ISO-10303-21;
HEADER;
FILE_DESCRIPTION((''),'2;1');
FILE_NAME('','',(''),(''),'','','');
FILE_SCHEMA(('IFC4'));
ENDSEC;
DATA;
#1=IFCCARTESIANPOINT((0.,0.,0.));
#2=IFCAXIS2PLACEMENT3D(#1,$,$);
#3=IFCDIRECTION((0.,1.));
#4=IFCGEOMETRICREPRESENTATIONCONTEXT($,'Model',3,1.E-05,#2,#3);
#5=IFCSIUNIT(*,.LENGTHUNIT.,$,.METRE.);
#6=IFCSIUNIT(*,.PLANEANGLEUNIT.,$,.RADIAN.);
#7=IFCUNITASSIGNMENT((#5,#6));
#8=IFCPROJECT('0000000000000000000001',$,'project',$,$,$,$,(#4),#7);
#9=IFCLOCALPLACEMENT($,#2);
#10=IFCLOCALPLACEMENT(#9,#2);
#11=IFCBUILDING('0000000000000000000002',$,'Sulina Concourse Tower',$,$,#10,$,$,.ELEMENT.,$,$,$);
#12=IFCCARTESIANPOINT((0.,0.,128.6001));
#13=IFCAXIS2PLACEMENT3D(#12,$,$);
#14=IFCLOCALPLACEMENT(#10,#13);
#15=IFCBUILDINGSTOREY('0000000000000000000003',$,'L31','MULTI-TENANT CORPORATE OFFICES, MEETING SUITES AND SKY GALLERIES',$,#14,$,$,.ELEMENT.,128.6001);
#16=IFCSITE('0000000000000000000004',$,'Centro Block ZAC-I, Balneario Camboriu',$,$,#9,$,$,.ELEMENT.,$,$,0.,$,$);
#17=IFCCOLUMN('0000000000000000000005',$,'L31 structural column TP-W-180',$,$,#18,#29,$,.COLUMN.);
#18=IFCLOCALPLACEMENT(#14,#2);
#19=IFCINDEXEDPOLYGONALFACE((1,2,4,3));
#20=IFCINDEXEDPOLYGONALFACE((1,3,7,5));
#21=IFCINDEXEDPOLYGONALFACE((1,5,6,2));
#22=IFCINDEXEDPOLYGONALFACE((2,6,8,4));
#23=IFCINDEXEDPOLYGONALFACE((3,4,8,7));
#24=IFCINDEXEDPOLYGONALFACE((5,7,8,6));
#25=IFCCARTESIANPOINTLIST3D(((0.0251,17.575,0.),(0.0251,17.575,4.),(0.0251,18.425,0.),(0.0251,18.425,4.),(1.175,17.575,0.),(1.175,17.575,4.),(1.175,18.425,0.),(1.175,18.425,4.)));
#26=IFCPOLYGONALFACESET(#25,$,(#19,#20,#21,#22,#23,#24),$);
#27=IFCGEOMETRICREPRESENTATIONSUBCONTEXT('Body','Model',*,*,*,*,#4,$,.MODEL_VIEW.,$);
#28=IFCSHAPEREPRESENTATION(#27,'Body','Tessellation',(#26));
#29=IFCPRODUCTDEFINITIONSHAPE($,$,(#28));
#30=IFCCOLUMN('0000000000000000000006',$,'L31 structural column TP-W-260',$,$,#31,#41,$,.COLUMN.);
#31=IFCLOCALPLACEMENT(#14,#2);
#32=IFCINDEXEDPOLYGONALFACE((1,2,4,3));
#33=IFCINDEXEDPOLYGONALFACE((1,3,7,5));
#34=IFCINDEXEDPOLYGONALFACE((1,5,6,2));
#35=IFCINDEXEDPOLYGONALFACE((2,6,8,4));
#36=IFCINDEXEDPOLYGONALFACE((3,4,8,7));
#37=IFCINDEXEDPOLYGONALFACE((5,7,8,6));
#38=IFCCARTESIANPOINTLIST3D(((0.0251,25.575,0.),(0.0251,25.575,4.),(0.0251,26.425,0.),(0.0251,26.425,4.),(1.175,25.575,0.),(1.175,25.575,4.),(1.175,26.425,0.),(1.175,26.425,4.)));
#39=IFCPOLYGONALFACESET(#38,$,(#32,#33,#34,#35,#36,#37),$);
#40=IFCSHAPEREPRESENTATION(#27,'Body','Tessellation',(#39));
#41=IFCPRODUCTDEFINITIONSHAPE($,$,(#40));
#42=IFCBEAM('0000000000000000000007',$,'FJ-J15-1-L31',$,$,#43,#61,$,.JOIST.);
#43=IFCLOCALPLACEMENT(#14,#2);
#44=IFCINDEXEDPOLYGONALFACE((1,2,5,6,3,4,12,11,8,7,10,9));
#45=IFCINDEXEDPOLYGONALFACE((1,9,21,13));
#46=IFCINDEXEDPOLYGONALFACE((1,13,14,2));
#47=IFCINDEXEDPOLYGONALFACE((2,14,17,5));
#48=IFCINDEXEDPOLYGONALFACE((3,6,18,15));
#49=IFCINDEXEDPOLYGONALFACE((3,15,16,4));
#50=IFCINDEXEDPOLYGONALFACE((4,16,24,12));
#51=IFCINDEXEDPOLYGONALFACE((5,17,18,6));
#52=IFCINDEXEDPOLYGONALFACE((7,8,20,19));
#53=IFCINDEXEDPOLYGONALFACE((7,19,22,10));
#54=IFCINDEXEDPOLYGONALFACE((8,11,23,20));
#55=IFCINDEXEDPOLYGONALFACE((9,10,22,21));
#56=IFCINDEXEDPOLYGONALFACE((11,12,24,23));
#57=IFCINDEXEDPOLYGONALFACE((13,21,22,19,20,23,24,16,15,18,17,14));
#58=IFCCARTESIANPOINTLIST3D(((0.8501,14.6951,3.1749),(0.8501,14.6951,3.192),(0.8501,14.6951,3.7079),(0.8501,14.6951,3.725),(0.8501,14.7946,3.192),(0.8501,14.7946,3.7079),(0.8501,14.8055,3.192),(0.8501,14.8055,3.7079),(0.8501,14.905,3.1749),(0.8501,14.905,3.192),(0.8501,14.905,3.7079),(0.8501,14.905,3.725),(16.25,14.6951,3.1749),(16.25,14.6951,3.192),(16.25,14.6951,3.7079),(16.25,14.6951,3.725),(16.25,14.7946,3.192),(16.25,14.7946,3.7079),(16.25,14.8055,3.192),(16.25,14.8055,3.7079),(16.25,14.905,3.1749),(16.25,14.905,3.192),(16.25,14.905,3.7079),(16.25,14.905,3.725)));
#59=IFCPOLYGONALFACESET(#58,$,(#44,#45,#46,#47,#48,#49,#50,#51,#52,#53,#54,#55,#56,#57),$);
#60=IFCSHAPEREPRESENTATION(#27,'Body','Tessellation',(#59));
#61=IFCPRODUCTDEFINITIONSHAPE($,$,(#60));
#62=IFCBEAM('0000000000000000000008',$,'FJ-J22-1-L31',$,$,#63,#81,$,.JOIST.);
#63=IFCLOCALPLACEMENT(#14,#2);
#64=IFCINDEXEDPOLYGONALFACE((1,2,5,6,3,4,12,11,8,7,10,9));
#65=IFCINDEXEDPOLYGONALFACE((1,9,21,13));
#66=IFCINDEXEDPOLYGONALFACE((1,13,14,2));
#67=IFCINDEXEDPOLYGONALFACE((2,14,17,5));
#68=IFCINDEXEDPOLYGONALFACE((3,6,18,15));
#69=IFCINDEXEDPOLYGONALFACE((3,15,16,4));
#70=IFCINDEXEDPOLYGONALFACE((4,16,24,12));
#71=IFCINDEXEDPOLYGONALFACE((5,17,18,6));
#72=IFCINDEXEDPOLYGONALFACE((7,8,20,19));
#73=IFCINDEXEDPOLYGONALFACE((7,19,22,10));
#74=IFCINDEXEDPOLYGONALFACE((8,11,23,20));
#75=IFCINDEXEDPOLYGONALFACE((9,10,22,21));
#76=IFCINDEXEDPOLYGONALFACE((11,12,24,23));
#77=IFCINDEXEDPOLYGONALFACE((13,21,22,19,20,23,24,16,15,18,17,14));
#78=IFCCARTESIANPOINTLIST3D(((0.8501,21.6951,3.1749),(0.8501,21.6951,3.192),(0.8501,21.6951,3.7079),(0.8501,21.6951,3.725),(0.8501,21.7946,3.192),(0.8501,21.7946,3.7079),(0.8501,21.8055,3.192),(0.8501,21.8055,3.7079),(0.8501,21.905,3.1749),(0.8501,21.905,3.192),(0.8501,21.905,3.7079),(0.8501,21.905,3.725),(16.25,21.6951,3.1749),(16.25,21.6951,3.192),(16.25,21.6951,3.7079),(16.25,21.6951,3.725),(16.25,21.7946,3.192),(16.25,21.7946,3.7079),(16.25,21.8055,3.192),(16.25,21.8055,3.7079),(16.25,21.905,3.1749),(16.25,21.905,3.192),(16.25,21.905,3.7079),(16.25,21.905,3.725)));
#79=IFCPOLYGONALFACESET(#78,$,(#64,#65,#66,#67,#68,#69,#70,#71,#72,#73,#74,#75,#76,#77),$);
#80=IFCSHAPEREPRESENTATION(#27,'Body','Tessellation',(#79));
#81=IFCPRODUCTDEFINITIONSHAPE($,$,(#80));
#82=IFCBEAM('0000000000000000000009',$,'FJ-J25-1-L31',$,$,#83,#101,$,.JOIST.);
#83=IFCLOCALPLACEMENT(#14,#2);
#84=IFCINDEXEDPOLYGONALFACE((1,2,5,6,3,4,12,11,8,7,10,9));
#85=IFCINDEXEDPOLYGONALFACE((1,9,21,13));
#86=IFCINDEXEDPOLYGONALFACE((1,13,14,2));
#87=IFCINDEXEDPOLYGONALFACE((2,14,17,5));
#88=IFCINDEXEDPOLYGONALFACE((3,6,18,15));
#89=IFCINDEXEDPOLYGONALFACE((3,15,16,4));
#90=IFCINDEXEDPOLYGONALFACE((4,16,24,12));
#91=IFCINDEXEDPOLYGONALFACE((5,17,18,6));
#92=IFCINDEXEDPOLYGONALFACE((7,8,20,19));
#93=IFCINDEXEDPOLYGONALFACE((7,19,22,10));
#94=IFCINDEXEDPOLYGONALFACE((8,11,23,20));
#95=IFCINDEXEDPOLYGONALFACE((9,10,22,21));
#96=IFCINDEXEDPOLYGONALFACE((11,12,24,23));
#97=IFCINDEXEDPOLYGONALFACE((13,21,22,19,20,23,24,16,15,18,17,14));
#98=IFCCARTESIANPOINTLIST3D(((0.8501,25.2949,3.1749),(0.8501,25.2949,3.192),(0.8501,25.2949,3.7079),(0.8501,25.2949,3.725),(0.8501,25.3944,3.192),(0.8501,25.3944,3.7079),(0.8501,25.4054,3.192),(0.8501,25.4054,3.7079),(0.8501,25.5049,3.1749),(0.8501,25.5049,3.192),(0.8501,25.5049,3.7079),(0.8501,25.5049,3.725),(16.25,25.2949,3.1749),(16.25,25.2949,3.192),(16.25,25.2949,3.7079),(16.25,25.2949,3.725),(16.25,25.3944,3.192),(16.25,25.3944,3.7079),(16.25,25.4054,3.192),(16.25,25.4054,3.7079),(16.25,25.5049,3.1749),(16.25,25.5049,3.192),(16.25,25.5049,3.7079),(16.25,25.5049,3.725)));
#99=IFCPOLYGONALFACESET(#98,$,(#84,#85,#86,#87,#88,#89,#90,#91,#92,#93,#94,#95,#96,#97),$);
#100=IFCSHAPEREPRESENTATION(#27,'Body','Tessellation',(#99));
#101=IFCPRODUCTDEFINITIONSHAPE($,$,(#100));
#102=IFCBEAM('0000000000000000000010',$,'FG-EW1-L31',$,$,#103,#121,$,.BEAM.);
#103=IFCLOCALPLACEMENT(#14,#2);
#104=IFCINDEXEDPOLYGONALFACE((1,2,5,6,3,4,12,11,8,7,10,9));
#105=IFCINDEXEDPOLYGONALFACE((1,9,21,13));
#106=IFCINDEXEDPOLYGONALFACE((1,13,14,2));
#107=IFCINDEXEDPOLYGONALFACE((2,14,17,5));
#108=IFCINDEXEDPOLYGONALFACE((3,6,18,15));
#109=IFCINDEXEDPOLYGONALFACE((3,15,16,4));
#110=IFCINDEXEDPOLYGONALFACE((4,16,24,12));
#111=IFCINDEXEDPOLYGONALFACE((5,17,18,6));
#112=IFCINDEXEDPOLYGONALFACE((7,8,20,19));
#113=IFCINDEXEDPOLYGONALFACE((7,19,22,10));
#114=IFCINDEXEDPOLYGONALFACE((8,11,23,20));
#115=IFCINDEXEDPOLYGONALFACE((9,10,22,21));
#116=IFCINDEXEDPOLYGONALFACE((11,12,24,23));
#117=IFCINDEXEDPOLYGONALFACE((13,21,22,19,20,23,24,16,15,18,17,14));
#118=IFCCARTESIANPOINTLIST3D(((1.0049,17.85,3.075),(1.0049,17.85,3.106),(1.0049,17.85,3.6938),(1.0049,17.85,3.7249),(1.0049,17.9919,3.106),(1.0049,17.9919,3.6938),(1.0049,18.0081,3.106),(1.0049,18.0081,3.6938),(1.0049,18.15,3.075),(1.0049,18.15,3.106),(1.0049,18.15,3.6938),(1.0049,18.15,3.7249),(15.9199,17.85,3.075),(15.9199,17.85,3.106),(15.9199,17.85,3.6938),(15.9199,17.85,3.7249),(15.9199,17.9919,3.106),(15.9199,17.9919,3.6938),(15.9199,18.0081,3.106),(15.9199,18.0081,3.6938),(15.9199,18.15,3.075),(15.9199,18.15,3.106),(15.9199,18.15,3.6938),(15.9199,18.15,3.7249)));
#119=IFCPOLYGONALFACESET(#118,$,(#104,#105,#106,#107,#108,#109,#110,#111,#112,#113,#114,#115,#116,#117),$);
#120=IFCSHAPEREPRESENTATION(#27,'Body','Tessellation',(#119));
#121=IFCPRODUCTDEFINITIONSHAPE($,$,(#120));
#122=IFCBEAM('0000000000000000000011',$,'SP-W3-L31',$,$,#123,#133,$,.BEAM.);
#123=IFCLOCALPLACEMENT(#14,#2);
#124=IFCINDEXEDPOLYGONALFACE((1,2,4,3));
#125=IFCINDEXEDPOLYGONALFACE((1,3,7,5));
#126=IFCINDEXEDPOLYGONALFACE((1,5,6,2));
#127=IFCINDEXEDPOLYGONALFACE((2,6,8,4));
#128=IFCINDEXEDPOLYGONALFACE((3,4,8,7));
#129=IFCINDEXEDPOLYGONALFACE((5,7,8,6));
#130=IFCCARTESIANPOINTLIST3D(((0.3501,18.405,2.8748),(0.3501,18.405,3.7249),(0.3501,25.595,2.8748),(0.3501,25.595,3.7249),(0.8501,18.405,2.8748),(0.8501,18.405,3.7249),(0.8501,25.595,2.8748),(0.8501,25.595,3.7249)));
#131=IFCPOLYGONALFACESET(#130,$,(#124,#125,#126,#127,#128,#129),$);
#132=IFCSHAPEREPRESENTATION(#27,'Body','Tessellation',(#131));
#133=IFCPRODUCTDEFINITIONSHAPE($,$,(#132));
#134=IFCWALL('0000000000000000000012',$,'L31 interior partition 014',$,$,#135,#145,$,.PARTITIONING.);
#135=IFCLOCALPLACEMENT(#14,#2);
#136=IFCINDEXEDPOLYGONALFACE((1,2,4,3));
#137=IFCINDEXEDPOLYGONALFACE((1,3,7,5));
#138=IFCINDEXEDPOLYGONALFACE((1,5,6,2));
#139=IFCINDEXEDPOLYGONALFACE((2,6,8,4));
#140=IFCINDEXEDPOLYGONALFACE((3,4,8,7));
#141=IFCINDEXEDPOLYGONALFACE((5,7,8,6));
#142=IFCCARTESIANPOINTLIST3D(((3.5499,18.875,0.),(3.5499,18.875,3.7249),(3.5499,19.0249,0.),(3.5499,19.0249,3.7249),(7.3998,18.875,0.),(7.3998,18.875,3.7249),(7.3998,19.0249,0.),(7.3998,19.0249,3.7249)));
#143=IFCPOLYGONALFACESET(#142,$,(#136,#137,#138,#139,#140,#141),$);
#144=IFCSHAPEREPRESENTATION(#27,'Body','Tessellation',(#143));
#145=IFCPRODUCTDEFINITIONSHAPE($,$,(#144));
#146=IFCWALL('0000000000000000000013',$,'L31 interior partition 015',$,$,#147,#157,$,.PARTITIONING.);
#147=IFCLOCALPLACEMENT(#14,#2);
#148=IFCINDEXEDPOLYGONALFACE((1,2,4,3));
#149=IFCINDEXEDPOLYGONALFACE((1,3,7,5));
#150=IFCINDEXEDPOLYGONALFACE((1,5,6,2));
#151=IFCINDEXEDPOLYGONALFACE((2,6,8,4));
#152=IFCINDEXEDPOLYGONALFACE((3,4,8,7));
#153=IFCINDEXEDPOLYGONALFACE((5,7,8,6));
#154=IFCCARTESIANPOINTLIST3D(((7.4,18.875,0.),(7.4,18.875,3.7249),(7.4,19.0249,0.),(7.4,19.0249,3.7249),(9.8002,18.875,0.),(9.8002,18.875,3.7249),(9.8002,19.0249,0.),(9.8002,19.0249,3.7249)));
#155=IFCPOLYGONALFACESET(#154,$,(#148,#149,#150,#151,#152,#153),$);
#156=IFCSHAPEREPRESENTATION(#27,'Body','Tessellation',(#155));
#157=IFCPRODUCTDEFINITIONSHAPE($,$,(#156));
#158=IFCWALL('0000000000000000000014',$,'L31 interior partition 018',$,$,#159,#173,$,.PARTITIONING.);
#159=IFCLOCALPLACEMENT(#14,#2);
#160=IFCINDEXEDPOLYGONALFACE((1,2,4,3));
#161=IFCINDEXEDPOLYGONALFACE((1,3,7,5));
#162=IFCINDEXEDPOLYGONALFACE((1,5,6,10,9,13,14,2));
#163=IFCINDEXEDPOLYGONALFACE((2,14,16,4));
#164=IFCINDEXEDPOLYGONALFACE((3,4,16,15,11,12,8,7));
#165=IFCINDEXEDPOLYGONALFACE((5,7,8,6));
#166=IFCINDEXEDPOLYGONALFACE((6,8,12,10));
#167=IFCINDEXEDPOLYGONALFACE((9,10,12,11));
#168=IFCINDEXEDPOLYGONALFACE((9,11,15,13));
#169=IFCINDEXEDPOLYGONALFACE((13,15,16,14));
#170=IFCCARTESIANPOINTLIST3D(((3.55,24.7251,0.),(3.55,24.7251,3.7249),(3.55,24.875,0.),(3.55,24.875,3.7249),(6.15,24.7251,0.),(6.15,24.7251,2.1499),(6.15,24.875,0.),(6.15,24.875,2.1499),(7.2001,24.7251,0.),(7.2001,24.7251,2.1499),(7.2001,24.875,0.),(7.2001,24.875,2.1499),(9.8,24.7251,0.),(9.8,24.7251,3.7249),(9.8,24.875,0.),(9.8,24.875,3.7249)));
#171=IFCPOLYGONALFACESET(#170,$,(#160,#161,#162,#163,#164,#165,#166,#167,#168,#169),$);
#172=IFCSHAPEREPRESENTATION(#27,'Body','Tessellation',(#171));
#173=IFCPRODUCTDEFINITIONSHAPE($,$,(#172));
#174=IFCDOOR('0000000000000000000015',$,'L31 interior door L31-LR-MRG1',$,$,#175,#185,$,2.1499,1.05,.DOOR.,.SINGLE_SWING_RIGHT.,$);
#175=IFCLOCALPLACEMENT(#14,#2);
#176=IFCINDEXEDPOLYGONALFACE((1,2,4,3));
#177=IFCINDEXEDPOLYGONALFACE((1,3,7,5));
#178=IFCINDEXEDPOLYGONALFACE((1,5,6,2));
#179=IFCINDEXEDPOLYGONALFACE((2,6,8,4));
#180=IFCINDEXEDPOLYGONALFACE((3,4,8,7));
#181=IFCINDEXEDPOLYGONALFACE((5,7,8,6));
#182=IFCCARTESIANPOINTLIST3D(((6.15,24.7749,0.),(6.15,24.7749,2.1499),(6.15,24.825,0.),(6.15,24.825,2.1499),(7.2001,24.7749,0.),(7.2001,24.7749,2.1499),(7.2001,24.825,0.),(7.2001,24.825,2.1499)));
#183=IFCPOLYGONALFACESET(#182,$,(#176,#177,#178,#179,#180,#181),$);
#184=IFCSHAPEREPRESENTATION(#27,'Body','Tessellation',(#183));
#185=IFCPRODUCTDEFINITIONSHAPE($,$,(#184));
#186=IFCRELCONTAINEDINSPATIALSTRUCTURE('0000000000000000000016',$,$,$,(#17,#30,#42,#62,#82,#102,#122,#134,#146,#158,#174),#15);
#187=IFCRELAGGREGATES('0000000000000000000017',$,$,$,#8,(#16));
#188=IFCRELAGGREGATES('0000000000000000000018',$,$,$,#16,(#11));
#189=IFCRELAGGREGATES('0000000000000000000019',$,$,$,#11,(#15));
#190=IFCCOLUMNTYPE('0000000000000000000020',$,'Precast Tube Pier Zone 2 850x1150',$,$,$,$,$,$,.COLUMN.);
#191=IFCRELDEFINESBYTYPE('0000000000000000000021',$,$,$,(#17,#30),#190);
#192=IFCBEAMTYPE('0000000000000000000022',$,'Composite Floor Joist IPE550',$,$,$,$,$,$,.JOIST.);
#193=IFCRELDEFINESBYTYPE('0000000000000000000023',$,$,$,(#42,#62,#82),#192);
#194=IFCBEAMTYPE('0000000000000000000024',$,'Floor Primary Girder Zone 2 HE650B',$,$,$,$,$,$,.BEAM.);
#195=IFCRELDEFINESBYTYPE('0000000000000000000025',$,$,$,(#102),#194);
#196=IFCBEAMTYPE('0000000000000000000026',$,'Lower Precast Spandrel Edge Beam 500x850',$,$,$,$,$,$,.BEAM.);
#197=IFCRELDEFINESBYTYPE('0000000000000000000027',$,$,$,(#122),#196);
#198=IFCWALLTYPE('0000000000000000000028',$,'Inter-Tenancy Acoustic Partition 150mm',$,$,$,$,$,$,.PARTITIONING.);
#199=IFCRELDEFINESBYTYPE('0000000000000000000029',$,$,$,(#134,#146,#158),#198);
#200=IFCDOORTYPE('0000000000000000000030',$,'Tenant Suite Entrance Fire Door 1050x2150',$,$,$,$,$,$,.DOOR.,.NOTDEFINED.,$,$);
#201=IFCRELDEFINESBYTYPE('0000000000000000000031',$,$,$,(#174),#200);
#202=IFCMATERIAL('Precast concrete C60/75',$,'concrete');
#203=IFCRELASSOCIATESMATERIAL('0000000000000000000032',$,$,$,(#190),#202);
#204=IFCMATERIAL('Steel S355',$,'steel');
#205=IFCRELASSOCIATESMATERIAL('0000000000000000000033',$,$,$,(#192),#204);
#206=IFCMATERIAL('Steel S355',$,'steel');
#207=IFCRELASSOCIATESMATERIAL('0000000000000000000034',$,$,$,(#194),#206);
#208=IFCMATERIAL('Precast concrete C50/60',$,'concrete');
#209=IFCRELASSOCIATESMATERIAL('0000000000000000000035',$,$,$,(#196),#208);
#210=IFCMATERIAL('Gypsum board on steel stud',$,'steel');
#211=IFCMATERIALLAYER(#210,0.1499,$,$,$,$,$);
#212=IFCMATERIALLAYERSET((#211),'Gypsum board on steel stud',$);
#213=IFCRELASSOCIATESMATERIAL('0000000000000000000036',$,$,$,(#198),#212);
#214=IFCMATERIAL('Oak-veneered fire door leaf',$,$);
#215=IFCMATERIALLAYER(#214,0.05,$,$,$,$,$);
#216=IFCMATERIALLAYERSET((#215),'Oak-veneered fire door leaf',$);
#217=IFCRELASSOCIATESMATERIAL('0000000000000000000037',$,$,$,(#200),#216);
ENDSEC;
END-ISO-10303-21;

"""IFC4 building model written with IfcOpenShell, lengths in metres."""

from ifc_helpers import new_model, si_unit, direction, frame, frame_2d, origin, origin_2d, place, context, subcontext, project, spatial, rectangle, i_section, extrude, material, layer, layer_set, material_profile, profile_set, type_object, element, fill, save


model = new_model("IFC4")

# Units and contexts
model_context = context("Model", 3, precision=1e-05, world=origin(), true_north=direction((0.0, 1.0)))
body_context = subcontext(model_context, "Body", "Model", "MODEL_VIEW")
ifc_project = project(units=[si_unit("LENGTHUNIT", "METRE"), si_unit("PLANEANGLEUNIT", "RADIAN")], contexts=[model_context])

# Site, building, storey
site_placement = place(None, origin())
site = spatial("IfcSite", under=ifc_project, at=site_placement, Name="Centro Block ZAC-I, Balneario Camboriu", CompositionType="ELEMENT", RefElevation=0.0)
building_placement = place(site_placement, origin())
building = spatial("IfcBuilding", under=site, at=building_placement, Name="Sulina Concourse Tower", CompositionType="ELEMENT")
storey_placement = place(building_placement, frame((0.0, 0.0, 128.6001)))
storey = spatial("IfcBuildingStorey", under=building, at=storey_placement, Name="L31", Description="MULTI-TENANT CORPORATE OFFICES, MEETING SUITES AND SKY GALLERIES", CompositionType="ELEMENT", Elevation=128.6001)

# Columns
ifc_material_1 = material(Name="Precast concrete C60/75", Category="concrete")
ifc_material_profile_1 = material_profile(ifc_material_1, rectangle(XDim=0.8501, YDim=1.1499, at=origin_2d()), Name="PC 850x1150")
ifc_profile_set_1 = profile_set([ifc_material_profile_1], Name="Precast concrete C60/75")
column_type = type_object("IfcColumnType", Name="Precast Tube Pier Zone 2 850x1150", PredefinedType="COLUMN", material=ifc_profile_set_1)
for number, where, z_axis, x_axis, name in (
    (1, (0.6001, 18.0, 0.0), (0.0, 0.0, 1.0), (0.0, 1.0, 0.0), "L31 structural column TP-W-180"),
    (2, (0.6001, 26.0, 0.0), (0.0, 0.0, 1.0), (0.0, 1.0, 0.0), "L31 structural column TP-W-260"),
):
    element("IfcColumn", number, at=place(storey_placement, frame(where, z_axis=z_axis, x_axis=x_axis)), inside=storey, type_object=column_type, Name=name, PredefinedType="COLUMN", context=body_context, shape_type="SweptSolid", body=[
        extrude(rectangle(XDim=0.8501, YDim=1.1499, at=origin_2d()), origin(), (0.0, 0.0, 1.0), 4.0),
    ])

# Beams
ifc_material_2 = material(Name="Steel S355", Category="steel")
ifc_material_profile_2 = material_profile(ifc_material_2, i_section(OverallWidth=0.21, OverallDepth=0.55, WebThickness=0.011, FlangeThickness=0.0171, at=origin_2d()), Name="IPE 550")
ifc_profile_set_2 = profile_set([ifc_material_profile_2], Name="Steel S355")
beam_type_1 = type_object("IfcBeamType", Name="Composite Floor Joist IPE550", PredefinedType="JOIST", material=ifc_profile_set_2)
for number, where, z_axis, x_axis, name in (
    (3, (0.8501, 14.8, 3.45), (1.0, 0.0, 0.0), (0.0, 1.0, 0.0), "FJ-J15-1-L31"),
    (4, (0.8501, 21.8, 3.45), (1.0, 0.0, 0.0), (0.0, 1.0, 0.0), "FJ-J22-1-L31"),
    (5, (0.8501, 25.3999, 3.45), (1.0, 0.0, 0.0), (0.0, 1.0, 0.0), "FJ-J25-1-L31"),
):
    element("IfcBeam", number, at=place(storey_placement, frame(where, z_axis=z_axis, x_axis=x_axis)), inside=storey, type_object=beam_type_1, Name=name, PredefinedType="JOIST", context=body_context, shape_type="SweptSolid", body=[
        extrude(i_section(OverallWidth=0.21, OverallDepth=0.55, WebThickness=0.011, FlangeThickness=0.0171, at=origin_2d()), origin(), (0.0, 0.0, 1.0), 15.3999),
    ])
ifc_material_3 = material(Name="Steel S355", Category="steel")
ifc_material_profile_3 = material_profile(ifc_material_3, i_section(OverallWidth=0.3, OverallDepth=0.6499, WebThickness=0.0161, FlangeThickness=0.031, at=origin_2d()), Name="HE 650 B")
ifc_profile_set_3 = profile_set([ifc_material_profile_3], Name="Steel S355")
beam_type_2 = type_object("IfcBeamType", Name="Floor Primary Girder Zone 2 HE650B", PredefinedType="BEAM", material=ifc_profile_set_3)
beam_1_placement = place(storey_placement, frame((1.0049, 18.0, 3.3999), z_axis=(1.0, 0.0, 0.0), x_axis=(0.0, 1.0, 0.0)))
element("IfcBeam", 6, at=beam_1_placement, inside=storey, type_object=beam_type_2, Name="FG-EW1-L31", PredefinedType="BEAM", context=body_context, shape_type="SweptSolid", body=[
    extrude(i_section(OverallWidth=0.3, OverallDepth=0.6499, WebThickness=0.0161, FlangeThickness=0.031, at=origin_2d()), origin(), (0.0, 0.0, 1.0), 14.915),
])
ifc_material_4 = material(Name="Precast concrete C50/60", Category="concrete")
ifc_material_profile_4 = material_profile(ifc_material_4, rectangle(XDim=0.5, YDim=0.8501, at=origin_2d()), Name="RC 500x850")
ifc_profile_set_4 = profile_set([ifc_material_profile_4], Name="Precast concrete C50/60")
beam_type_3 = type_object("IfcBeamType", Name="Lower Precast Spandrel Edge Beam 500x850", PredefinedType="BEAM", material=ifc_profile_set_4)
beam_2_placement = place(storey_placement, frame((0.6001, 18.405, 3.2998), z_axis=(0.0, 1.0, 0.0), x_axis=(-1.0, 0.0, 0.0)))
element("IfcBeam", 7, at=beam_2_placement, inside=storey, type_object=beam_type_3, Name="SP-W3-L31", PredefinedType="BEAM", context=body_context, shape_type="SweptSolid", body=[
    extrude(rectangle(XDim=0.5, YDim=0.8501, at=origin_2d()), origin(), (0.0, 0.0, 1.0), 7.1899),
])

# Walls
ifc_material_5 = material(Name="Gypsum board on steel stud", Category="steel")
ifc_layer_1 = layer(ifc_material_5, 0.1499)
ifc_layer_set_1 = layer_set([ifc_layer_1], Name="Gypsum board on steel stud")
wall_type_1 = type_object("IfcWallType", Name="Inter-Tenancy Acoustic Partition 150mm", PredefinedType="PARTITIONING", material=ifc_layer_set_1)
wall_1_placement = place(storey_placement, frame((3.55, 18.95, 0.0), z_axis=(0.0, 0.0, 1.0), x_axis=(1.0, 0.0, 0.0)))
element("IfcWall", 8, at=wall_1_placement, inside=storey, type_object=wall_type_1, Name="L31 interior partition 014", PredefinedType="PARTITIONING", context=body_context, shape_type="SweptSolid", body=[
    extrude(rectangle(XDim=3.8499, YDim=0.1499, at=frame_2d((1.9248, 0.0))), origin(), (0.0, 0.0, 1.0), 3.7249),
])
wall_2_placement = place(storey_placement, frame((7.3999, 18.95, 0.0), z_axis=(0.0, 0.0, 1.0), x_axis=(1.0, 0.0, 0.0)))
element("IfcWall", 9, at=wall_2_placement, inside=storey, type_object=wall_type_1, Name="L31 interior partition 015", PredefinedType="PARTITIONING", context=body_context, shape_type="SweptSolid", body=[
    extrude(rectangle(XDim=2.4001, YDim=0.1499, at=frame_2d((1.2002, 0.0))), origin(), (0.0, 0.0, 1.0), 3.7249),
])

# Wall, opening, door
wall_3_placement = place(storey_placement, frame((3.55, 24.8, 0.0), z_axis=(0.0, 0.0, 1.0), x_axis=(1.0, 0.0, 0.0)))
wall_3 = element("IfcWall", 10, at=wall_3_placement, inside=storey, type_object=wall_type_1, Name="L31 interior partition 018", PredefinedType="PARTITIONING", context=body_context, shape_type="SweptSolid", body=[
    extrude(rectangle(XDim=6.25, YDim=0.1499, at=frame_2d((3.125, 0.0))), origin(), (0.0, 0.0, 1.0), 3.7249),
])
opening_1_placement = place(wall_3_placement, frame((2.6001, 0.0, 0.0)))
opening_1 = element("IfcOpeningElement", 11, at=opening_1_placement, cuts=wall_3, PredefinedType="OPENING", context=body_context, shape_type="SweptSolid", body=[
    extrude(rectangle(XDim=1.05, YDim=2.1499, at=frame_2d((0.5249, 1.075))), frame((0.0, 0.085, 0.0), z_axis=(0.0, -1.0, 0.0), x_axis=(1.0, 0.0, 0.0)), (0.0, 0.0, 1.0), 0.1699),
])
ifc_material_6 = material(Name="Oak-veneered fire door leaf")
ifc_layer_2 = layer(ifc_material_6, 0.05)
ifc_layer_set_2 = layer_set([ifc_layer_2], Name="Oak-veneered fire door leaf")
door_type_1 = type_object("IfcDoorType", Name="Tenant Suite Entrance Fire Door 1050x2150", OperationType="NOTDEFINED", PredefinedType="DOOR", material=ifc_layer_set_2)
door_1_placement = place(opening_1_placement, origin())
door_1 = element("IfcDoor", 12, at=door_1_placement, inside=storey, type_object=door_type_1, Name="L31 interior door L31-LR-MRG1", OperationType="SINGLE_SWING_RIGHT", OverallHeight=2.1499, OverallWidth=1.05, PredefinedType="DOOR", context=body_context, shape_type="SweptSolid", body=[
    extrude(rectangle(XDim=1.05, YDim=2.1499, at=frame_2d((0.5249, 1.075))), frame((0.0, 0.0249, 0.0), z_axis=(0.0, -1.0, 0.0), x_axis=(1.0, 0.0, 0.0)), (0.0, 0.0, 1.0), 0.05),
])
fill(opening_1, door_1)

save(model, "model.ifc")
